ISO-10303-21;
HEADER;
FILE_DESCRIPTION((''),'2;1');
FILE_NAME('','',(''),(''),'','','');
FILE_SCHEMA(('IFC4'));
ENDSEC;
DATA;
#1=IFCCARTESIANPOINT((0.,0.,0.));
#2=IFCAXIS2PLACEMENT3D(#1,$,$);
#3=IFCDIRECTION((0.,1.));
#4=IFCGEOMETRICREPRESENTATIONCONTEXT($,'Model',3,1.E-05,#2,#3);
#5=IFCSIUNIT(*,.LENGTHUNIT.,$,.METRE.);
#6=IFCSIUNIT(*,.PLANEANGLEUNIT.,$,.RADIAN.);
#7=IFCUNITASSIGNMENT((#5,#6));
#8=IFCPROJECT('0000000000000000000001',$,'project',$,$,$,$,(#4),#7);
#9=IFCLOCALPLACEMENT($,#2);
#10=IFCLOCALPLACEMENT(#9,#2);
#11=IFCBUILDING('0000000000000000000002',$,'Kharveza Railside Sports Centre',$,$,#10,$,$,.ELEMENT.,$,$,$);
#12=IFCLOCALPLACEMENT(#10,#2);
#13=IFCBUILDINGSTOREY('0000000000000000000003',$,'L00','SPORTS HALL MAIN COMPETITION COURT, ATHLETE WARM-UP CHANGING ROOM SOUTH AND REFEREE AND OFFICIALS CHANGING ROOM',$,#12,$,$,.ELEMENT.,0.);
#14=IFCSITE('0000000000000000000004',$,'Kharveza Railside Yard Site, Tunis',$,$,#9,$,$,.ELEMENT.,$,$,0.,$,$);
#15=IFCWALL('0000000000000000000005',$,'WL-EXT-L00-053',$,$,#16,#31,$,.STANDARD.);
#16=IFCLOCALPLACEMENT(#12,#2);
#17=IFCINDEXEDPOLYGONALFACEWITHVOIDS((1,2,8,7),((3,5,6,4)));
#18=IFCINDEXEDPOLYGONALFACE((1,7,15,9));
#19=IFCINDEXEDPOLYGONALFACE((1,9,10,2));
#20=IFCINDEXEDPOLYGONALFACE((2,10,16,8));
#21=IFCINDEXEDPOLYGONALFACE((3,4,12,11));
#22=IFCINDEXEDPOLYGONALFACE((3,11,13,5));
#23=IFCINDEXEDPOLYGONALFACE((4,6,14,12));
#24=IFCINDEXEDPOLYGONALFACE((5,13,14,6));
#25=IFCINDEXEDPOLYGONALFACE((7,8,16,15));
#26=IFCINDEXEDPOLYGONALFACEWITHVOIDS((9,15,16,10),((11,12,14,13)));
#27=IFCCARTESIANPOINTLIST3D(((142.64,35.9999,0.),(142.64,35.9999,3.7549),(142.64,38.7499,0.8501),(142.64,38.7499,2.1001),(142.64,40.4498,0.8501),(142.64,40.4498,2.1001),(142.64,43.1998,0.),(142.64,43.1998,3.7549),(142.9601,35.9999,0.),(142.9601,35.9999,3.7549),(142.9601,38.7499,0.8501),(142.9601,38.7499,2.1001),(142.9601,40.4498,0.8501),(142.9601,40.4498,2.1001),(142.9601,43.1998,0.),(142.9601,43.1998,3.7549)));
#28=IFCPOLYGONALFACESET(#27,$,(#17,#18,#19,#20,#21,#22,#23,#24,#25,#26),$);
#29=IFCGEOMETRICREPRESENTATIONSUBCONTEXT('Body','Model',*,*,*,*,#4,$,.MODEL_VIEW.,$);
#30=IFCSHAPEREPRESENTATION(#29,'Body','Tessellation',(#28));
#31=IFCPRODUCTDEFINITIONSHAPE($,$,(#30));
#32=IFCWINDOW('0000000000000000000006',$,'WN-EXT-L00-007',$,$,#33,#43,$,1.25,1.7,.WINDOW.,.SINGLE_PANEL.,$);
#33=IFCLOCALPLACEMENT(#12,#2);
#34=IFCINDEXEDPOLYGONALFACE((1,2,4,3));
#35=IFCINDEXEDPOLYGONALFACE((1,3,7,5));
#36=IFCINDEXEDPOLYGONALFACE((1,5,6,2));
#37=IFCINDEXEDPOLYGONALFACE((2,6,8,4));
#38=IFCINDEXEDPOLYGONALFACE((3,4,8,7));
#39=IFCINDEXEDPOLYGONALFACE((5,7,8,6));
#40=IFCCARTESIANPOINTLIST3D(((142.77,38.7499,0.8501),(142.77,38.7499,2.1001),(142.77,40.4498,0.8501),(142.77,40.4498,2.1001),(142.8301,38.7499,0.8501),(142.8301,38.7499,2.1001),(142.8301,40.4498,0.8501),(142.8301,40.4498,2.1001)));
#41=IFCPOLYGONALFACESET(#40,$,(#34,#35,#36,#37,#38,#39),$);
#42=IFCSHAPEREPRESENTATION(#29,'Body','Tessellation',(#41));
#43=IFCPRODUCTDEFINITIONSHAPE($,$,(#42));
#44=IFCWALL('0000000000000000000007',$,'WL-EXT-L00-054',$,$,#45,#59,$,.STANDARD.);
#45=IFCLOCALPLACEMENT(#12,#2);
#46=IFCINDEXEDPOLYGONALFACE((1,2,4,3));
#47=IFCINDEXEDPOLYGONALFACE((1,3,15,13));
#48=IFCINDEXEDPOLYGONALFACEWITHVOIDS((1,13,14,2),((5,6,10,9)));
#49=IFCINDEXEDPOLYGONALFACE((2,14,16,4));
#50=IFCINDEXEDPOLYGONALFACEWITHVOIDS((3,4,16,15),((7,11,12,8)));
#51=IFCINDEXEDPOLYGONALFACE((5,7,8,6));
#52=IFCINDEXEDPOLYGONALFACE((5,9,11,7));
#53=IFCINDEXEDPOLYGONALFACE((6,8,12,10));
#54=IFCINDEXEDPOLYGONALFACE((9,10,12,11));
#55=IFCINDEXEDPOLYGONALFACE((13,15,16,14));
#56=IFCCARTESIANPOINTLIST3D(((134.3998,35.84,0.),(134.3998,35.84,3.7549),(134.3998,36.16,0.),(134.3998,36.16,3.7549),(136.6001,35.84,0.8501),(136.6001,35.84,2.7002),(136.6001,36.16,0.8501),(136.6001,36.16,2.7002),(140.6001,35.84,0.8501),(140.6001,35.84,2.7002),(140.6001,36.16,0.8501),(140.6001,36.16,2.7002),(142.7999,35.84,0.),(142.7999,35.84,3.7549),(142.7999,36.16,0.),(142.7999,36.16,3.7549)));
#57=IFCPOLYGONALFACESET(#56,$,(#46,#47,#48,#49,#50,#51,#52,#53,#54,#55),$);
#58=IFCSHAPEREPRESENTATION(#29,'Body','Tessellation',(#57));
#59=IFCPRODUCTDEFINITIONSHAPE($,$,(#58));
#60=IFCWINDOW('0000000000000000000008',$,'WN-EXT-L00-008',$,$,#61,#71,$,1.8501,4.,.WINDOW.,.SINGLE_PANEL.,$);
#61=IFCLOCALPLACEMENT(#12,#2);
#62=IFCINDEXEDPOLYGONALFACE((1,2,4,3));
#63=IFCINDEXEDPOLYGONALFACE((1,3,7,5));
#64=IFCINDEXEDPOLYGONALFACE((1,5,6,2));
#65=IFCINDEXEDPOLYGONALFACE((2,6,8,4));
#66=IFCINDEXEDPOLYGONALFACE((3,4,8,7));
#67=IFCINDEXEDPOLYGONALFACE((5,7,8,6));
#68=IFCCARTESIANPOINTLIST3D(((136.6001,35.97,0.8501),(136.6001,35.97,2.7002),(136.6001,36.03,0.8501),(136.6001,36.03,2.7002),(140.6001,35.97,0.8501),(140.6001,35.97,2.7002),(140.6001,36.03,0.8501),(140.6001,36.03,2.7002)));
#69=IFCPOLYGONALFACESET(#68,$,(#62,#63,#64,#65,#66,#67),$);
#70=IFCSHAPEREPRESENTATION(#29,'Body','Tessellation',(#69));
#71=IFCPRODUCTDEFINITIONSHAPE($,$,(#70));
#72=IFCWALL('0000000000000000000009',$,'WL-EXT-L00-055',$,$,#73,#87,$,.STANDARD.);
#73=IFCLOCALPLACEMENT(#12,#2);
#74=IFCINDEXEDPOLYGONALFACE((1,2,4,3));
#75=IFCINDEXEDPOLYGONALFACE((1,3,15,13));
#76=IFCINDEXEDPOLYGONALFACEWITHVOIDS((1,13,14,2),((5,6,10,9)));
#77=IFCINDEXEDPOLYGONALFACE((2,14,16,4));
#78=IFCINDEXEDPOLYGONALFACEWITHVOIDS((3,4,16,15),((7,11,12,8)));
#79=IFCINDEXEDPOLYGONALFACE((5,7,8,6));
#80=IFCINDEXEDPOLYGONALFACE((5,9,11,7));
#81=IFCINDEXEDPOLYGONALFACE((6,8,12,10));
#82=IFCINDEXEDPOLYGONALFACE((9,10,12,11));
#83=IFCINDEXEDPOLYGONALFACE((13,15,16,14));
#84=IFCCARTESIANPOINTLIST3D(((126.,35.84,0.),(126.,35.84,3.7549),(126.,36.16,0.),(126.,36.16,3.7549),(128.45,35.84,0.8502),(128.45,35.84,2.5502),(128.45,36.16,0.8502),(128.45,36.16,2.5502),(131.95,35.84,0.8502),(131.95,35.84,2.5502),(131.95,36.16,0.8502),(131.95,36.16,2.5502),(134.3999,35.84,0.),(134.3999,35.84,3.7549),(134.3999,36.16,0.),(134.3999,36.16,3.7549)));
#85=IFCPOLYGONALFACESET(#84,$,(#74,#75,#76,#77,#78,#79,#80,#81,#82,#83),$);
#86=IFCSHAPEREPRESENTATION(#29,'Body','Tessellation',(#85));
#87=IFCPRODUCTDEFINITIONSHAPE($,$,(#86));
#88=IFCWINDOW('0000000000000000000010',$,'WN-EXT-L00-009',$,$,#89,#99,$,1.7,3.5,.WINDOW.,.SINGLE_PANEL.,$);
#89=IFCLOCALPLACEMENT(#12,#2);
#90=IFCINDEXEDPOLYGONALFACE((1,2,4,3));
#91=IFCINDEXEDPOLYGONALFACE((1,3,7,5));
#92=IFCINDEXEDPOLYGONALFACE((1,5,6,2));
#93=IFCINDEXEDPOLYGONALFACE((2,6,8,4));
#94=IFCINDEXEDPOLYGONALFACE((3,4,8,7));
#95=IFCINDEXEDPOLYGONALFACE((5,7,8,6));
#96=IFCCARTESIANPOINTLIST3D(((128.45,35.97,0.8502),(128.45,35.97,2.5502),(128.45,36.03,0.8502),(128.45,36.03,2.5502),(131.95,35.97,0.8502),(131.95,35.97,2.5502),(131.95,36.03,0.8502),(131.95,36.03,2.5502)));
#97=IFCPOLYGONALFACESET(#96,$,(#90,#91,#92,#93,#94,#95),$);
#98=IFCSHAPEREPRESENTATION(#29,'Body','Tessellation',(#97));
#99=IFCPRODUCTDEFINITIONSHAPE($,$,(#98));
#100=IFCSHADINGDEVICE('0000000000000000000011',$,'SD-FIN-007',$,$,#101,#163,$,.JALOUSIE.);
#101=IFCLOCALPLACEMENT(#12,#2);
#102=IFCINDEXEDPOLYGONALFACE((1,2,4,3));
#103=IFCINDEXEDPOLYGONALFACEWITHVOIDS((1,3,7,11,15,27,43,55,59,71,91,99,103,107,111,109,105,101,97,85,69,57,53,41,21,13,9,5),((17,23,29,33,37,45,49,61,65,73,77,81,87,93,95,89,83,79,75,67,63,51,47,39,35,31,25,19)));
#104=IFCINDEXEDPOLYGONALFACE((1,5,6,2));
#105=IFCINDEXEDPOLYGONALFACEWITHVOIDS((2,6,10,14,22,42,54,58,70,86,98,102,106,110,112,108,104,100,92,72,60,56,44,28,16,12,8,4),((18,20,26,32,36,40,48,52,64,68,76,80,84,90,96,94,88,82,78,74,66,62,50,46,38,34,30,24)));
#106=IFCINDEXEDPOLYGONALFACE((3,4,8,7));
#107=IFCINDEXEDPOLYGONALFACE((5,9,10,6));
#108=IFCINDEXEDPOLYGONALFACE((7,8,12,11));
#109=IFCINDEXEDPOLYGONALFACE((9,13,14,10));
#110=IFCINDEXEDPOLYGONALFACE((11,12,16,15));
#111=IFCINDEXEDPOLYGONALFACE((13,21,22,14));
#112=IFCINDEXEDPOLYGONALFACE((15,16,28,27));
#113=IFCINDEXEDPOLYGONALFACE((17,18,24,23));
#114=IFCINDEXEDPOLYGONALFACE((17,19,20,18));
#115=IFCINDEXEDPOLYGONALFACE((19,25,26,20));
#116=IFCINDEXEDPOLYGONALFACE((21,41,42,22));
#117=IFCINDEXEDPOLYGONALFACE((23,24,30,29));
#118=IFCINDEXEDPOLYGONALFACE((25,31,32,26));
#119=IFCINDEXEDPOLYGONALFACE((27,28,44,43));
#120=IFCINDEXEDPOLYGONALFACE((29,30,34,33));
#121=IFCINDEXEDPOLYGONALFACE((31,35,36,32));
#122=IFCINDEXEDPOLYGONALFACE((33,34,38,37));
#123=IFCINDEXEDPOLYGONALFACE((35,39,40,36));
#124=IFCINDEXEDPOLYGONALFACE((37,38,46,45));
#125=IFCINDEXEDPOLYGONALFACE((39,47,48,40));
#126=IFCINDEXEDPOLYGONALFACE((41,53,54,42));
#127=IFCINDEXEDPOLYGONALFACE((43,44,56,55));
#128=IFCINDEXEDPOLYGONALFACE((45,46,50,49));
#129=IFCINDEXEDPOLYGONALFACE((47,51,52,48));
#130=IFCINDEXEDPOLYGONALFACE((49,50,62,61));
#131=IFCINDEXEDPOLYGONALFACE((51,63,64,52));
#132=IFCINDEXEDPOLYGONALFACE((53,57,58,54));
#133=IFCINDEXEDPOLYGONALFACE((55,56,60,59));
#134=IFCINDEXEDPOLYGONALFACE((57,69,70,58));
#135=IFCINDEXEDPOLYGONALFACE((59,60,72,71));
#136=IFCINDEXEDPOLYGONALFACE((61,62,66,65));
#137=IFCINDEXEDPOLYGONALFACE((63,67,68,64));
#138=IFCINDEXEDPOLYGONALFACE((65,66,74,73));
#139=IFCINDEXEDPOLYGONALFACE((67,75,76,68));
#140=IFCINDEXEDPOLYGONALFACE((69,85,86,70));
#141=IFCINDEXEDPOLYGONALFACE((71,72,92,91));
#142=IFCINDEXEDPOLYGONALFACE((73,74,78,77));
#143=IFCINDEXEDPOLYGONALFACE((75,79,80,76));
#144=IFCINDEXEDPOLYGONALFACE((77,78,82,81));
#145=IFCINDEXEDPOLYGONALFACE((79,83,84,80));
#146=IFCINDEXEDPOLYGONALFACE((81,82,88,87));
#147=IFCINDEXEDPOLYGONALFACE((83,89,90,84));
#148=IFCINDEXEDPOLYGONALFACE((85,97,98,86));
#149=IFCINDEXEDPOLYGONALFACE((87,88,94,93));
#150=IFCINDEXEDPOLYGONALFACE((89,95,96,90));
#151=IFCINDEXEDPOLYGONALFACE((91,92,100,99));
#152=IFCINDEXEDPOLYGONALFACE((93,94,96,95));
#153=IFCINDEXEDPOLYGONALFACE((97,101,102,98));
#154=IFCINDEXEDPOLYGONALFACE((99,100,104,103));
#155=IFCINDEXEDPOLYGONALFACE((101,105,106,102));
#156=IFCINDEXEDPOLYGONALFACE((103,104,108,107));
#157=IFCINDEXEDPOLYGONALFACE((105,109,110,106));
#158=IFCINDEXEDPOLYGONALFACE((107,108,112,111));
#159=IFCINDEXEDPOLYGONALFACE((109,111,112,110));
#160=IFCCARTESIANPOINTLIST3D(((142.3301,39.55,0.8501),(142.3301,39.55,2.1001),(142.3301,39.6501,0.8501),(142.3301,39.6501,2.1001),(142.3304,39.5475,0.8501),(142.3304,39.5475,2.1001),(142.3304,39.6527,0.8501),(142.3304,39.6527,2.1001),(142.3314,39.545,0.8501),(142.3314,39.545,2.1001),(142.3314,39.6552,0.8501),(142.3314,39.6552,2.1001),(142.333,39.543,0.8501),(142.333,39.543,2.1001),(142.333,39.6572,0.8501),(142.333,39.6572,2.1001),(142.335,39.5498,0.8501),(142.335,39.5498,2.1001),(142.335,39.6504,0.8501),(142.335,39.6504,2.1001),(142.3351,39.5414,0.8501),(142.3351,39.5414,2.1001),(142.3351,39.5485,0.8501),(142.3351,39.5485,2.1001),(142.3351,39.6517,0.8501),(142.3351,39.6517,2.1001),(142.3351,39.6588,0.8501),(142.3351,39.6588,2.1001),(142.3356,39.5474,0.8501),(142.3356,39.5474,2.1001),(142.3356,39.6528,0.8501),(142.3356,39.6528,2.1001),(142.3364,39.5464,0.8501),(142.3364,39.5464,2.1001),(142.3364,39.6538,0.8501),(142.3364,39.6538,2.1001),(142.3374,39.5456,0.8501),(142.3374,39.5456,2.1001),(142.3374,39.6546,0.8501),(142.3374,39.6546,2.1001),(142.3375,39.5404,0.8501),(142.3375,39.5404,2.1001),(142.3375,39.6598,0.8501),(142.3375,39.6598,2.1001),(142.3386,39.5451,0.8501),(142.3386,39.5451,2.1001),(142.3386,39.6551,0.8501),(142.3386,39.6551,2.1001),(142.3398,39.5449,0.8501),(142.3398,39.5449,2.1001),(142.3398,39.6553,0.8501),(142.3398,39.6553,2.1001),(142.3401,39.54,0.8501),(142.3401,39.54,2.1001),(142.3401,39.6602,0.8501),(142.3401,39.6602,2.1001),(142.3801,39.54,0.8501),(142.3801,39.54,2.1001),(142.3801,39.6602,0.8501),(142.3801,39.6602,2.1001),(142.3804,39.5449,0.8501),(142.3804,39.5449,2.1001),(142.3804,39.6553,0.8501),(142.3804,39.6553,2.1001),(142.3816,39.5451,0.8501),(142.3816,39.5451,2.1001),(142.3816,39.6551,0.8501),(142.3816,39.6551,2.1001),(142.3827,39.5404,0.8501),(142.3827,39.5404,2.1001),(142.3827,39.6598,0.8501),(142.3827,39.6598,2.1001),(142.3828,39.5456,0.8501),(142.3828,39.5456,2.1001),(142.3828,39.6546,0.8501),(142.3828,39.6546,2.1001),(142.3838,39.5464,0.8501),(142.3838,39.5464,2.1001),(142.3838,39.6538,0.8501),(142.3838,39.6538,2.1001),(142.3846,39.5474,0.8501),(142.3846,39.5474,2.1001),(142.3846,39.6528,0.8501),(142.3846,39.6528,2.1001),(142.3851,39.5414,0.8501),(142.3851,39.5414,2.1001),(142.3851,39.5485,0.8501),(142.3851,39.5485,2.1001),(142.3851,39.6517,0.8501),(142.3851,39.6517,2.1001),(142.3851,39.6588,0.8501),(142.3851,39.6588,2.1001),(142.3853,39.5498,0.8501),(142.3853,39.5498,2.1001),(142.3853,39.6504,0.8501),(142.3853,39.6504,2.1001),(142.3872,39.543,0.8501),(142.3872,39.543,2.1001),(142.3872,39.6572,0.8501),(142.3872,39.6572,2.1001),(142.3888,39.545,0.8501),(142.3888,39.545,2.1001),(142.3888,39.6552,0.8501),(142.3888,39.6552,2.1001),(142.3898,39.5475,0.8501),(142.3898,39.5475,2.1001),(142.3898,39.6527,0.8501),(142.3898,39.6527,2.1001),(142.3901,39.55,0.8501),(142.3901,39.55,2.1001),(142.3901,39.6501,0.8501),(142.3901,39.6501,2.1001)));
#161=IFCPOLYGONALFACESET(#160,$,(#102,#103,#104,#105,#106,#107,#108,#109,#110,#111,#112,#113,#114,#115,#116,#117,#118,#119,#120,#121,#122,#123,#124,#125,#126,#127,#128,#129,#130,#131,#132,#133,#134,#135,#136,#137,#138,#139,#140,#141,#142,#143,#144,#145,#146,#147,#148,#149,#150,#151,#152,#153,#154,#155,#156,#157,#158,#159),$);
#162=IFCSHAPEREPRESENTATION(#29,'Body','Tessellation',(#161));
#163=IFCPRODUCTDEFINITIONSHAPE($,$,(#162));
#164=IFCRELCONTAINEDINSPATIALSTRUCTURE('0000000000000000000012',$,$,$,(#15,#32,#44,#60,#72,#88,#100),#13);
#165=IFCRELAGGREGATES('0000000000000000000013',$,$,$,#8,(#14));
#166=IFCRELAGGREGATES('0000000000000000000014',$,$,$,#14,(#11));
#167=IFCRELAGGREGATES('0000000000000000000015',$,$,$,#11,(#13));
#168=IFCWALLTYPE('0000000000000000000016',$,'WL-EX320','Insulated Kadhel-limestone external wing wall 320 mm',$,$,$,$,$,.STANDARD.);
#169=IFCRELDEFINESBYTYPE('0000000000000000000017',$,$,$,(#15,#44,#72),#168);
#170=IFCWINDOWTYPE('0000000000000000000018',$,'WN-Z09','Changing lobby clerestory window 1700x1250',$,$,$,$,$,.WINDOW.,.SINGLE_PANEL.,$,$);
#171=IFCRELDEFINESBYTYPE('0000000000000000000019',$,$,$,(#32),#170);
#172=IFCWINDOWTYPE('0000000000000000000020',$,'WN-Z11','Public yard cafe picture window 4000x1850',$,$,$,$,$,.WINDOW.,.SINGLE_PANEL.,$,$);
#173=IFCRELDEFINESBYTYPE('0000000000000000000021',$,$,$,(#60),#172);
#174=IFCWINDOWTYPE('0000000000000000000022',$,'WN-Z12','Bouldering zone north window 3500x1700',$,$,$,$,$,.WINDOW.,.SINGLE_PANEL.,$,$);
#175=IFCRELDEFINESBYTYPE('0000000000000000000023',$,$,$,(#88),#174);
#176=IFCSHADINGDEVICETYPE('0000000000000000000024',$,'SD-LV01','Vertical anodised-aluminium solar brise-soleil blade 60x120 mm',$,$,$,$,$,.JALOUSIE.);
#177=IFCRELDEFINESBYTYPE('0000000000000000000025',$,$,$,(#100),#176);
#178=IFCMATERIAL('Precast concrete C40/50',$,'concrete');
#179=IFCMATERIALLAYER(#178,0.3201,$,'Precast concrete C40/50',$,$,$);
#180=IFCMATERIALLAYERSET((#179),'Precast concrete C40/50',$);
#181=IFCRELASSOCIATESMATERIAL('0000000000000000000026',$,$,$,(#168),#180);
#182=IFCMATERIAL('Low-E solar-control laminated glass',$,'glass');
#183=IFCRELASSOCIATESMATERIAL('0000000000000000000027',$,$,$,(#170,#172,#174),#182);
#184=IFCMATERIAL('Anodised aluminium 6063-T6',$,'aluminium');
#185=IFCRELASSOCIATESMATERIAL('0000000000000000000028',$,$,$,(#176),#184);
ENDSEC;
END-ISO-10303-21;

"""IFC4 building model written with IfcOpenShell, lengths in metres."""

from ifc_helpers import new_model, si_unit, direction, frame, frame_2d, origin, origin_2d, place, context, subcontext, project, spatial, rectangle, hollow_rectangle, extrude, material, layer, layer_set, material_profile, profile_set, type_object, element, fill, save


model = new_model("IFC4")

# Units and contexts
model_context = context("Model", 3, precision=1e-05, world=origin(), true_north=direction((0.0, 1.0)))
body_context = subcontext(model_context, "Body", "Model", "MODEL_VIEW")
ifc_project = project(units=[si_unit("LENGTHUNIT", "METRE"), si_unit("PLANEANGLEUNIT", "RADIAN")], contexts=[model_context])

# Site, building, storey
site_placement = place(None, origin())
site = spatial("IfcSite", under=ifc_project, at=site_placement, Name="Kharveza Railside Yard Site, Tunis", CompositionType="ELEMENT", RefElevation=0.0)
building_placement = place(site_placement, origin())
building = spatial("IfcBuilding", under=site, at=building_placement, Name="Kharveza Railside Sports Centre", CompositionType="ELEMENT")
storey_placement = place(building_placement, origin())
storey = spatial("IfcBuildingStorey", under=building, at=storey_placement, Name="L00", Description="SPORTS HALL MAIN COMPETITION COURT, ATHLETE WARM-UP CHANGING ROOM SOUTH AND REFEREE AND OFFICIALS CHANGING ROOM", CompositionType="ELEMENT", Elevation=0.0)

# Walls, openings, windows
ifc_material_1 = material(Name="Precast concrete C40/50", Category="concrete")
ifc_layer = layer(ifc_material_1, 0.3201, Name="Precast concrete C40/50")
ifc_layer_set = layer_set([ifc_layer], Name="Precast concrete C40/50")
wall_type = type_object("IfcWallType", Name="WL-EX320", Description="Insulated Kadhel-limestone external wing wall 320 mm", PredefinedType="STANDARD", material=ifc_layer_set)
wall_1_placement = place(storey_placement, frame((142.8, 43.2, 0.0), z_axis=(0.0, 0.0, 1.0), x_axis=(0.0, -1.0, 0.0)))
wall_1 = element("IfcWall", 1, at=wall_1_placement, inside=storey, type_object=wall_type, Name="WL-EXT-L00-053", PredefinedType="STANDARD", context=body_context, shape_type="SweptSolid", body=[
    extrude(rectangle(XDim=7.2, YDim=0.3201, at=frame_2d((3.6001, 0.0))), origin(), (0.0, 0.0, 1.0), 3.7549),
])
opening_1_placement = place(wall_1_placement, frame((2.75, 0.0, 0.8501)))
opening_1 = element("IfcOpeningElement", 2, at=opening_1_placement, cuts=wall_1, PredefinedType="OPENING", context=body_context, shape_type="SweptSolid", body=[
    extrude(rectangle(XDim=1.7, YDim=1.25, at=frame_2d((0.8501, 0.625))), frame((0.0, 0.1851, 0.0), z_axis=(0.0, -1.0, 0.0), x_axis=(1.0, 0.0, 0.0)), (0.0, 0.0, 1.0), 0.3699),
])
ifc_material_2 = material(Name="Low-E solar-control laminated glass", Category="glass")
window_type_1 = type_object("IfcWindowType", Name="WN-Z09", Description="Changing lobby clerestory window 1700x1250", PartitioningType="SINGLE_PANEL", PredefinedType="WINDOW", material=ifc_material_2)
window_1_placement = place(opening_1_placement, origin())
window_1 = element("IfcWindow", 3, at=window_1_placement, inside=storey, type_object=window_type_1, Name="WN-EXT-L00-007", OverallHeight=1.25, OverallWidth=1.7, PartitioningType="SINGLE_PANEL", PredefinedType="WINDOW", context=body_context, shape_type="SweptSolid", body=[
    extrude(rectangle(XDim=1.7, YDim=1.25, at=frame_2d((0.8501, 0.625))), frame((0.0, 0.03, 0.0), z_axis=(0.0, -1.0, 0.0), x_axis=(1.0, 0.0, 0.0)), (0.0, 0.0, 1.0), 0.0601),
])
fill(opening_1, window_1)
wall_2_placement = place(storey_placement, frame((142.8, 36.0, 0.0), z_axis=(0.0, 0.0, 1.0), x_axis=(-1.0, 0.0, 0.0)))
wall_2 = element("IfcWall", 4, at=wall_2_placement, inside=storey, type_object=wall_type, Name="WL-EXT-L00-054", PredefinedType="STANDARD", context=body_context, shape_type="SweptSolid", body=[
    extrude(rectangle(XDim=8.4001, YDim=0.3201, at=frame_2d((4.2002, 0.0))), origin(), (0.0, 0.0, 1.0), 3.7549),
])
opening_2_placement = place(wall_2_placement, frame((2.2, 0.0, 0.8501)))
opening_2 = element("IfcOpeningElement", 5, at=opening_2_placement, cuts=wall_2, PredefinedType="OPENING", context=body_context, shape_type="SweptSolid", body=[
    extrude(rectangle(XDim=4.0, YDim=1.8501, at=frame_2d((2.0, 0.925))), frame((0.0, 0.1851, 0.0), z_axis=(0.0, -1.0, 0.0), x_axis=(1.0, 0.0, 0.0)), (0.0, 0.0, 1.0), 0.3699),
])
window_type_2 = type_object("IfcWindowType", Name="WN-Z11", Description="Public yard cafe picture window 4000x1850", PartitioningType="SINGLE_PANEL", PredefinedType="WINDOW", material=ifc_material_2)
window_2_placement = place(opening_2_placement, origin())
window_2 = element("IfcWindow", 6, at=window_2_placement, inside=storey, type_object=window_type_2, Name="WN-EXT-L00-008", OverallHeight=1.8501, OverallWidth=4.0, PartitioningType="SINGLE_PANEL", PredefinedType="WINDOW", context=body_context, shape_type="SweptSolid", body=[
    extrude(rectangle(XDim=4.0, YDim=1.8501, at=frame_2d((2.0, 0.925))), frame((0.0, 0.03, 0.0), z_axis=(0.0, -1.0, 0.0), x_axis=(1.0, 0.0, 0.0)), (0.0, 0.0, 1.0), 0.0601),
])
fill(opening_2, window_2)
wall_3_placement = place(storey_placement, frame((134.3999, 36.0, 0.0), z_axis=(0.0, 0.0, 1.0), x_axis=(-1.0, 0.0, 0.0)))
wall_3 = element("IfcWall", 7, at=wall_3_placement, inside=storey, type_object=wall_type, Name="WL-EXT-L00-055", PredefinedType="STANDARD", context=body_context, shape_type="SweptSolid", body=[
    extrude(rectangle(XDim=8.3999, YDim=0.3201, at=frame_2d((4.2, 0.0))), origin(), (0.0, 0.0, 1.0), 3.7549),
])
opening_3_placement = place(wall_3_placement, frame((2.45, 0.0, 0.8501)))
opening_3 = element("IfcOpeningElement", 8, at=opening_3_placement, cuts=wall_3, PredefinedType="OPENING", context=body_context, shape_type="SweptSolid", body=[
    extrude(rectangle(XDim=3.5, YDim=1.7, at=frame_2d((1.75, 0.8501))), frame((0.0, 0.1851, 0.0), z_axis=(0.0, -1.0, 0.0), x_axis=(1.0, 0.0, 0.0)), (0.0, 0.0, 1.0), 0.3699),
])
window_type_3 = type_object("IfcWindowType", Name="WN-Z12", Description="Bouldering zone north window 3500x1700", PartitioningType="SINGLE_PANEL", PredefinedType="WINDOW", material=ifc_material_2)
window_3_placement = place(opening_3_placement, origin())
window_3 = element("IfcWindow", 9, at=window_3_placement, inside=storey, type_object=window_type_3, Name="WN-EXT-L00-009", OverallHeight=1.7, OverallWidth=3.5, PartitioningType="SINGLE_PANEL", PredefinedType="WINDOW", context=body_context, shape_type="SweptSolid", body=[
    extrude(rectangle(XDim=3.5, YDim=1.7, at=frame_2d((1.75, 0.8501))), frame((0.0, 0.03, 0.0), z_axis=(0.0, -1.0, 0.0), x_axis=(1.0, 0.0, 0.0)), (0.0, 0.0, 1.0), 0.0601),
])
fill(opening_3, window_3)

# Shading device
ifc_material_3 = material(Name="Anodised aluminium 6063-T6", Category="aluminium")
ifc_material_profile_1 = material_profile(ifc_material_3, hollow_rectangle(XDim=0.0601, YDim=0.1201, WallThickness=0.0049, InnerFilletRadius=0.0049, OuterFilletRadius=0.01, at=origin_2d()), Name="RHS 60x120x5.0")
ifc_profile_set_1 = profile_set([ifc_material_profile_1], Name="Anodised aluminium 6063-T6")
shading_device_type = type_object("IfcShadingDeviceType", Name="SD-LV01", Description="Vertical anodised-aluminium solar brise-soleil blade 60x120 mm", PredefinedType="JALOUSIE", material=ifc_profile_set_1)
shading_device_1_placement = place(storey_placement, frame((142.3601, 39.6001, 0.8501), z_axis=(0.0, 0.0, 1.0), x_axis=(-1.0, 0.0, 0.0)))
element("IfcShadingDevice", 10, at=shading_device_1_placement, inside=storey, type_object=shading_device_type, Name="SD-FIN-007", PredefinedType="JALOUSIE", context=body_context, shape_type="SweptSolid", body=[
    extrude(hollow_rectangle(XDim=0.0601, YDim=0.1201, WallThickness=0.0049, InnerFilletRadius=0.0049, OuterFilletRadius=0.01, at=origin_2d()), origin(), (0.0, 0.0, 1.0), 1.25),
])

save(model, "model.ifc")
